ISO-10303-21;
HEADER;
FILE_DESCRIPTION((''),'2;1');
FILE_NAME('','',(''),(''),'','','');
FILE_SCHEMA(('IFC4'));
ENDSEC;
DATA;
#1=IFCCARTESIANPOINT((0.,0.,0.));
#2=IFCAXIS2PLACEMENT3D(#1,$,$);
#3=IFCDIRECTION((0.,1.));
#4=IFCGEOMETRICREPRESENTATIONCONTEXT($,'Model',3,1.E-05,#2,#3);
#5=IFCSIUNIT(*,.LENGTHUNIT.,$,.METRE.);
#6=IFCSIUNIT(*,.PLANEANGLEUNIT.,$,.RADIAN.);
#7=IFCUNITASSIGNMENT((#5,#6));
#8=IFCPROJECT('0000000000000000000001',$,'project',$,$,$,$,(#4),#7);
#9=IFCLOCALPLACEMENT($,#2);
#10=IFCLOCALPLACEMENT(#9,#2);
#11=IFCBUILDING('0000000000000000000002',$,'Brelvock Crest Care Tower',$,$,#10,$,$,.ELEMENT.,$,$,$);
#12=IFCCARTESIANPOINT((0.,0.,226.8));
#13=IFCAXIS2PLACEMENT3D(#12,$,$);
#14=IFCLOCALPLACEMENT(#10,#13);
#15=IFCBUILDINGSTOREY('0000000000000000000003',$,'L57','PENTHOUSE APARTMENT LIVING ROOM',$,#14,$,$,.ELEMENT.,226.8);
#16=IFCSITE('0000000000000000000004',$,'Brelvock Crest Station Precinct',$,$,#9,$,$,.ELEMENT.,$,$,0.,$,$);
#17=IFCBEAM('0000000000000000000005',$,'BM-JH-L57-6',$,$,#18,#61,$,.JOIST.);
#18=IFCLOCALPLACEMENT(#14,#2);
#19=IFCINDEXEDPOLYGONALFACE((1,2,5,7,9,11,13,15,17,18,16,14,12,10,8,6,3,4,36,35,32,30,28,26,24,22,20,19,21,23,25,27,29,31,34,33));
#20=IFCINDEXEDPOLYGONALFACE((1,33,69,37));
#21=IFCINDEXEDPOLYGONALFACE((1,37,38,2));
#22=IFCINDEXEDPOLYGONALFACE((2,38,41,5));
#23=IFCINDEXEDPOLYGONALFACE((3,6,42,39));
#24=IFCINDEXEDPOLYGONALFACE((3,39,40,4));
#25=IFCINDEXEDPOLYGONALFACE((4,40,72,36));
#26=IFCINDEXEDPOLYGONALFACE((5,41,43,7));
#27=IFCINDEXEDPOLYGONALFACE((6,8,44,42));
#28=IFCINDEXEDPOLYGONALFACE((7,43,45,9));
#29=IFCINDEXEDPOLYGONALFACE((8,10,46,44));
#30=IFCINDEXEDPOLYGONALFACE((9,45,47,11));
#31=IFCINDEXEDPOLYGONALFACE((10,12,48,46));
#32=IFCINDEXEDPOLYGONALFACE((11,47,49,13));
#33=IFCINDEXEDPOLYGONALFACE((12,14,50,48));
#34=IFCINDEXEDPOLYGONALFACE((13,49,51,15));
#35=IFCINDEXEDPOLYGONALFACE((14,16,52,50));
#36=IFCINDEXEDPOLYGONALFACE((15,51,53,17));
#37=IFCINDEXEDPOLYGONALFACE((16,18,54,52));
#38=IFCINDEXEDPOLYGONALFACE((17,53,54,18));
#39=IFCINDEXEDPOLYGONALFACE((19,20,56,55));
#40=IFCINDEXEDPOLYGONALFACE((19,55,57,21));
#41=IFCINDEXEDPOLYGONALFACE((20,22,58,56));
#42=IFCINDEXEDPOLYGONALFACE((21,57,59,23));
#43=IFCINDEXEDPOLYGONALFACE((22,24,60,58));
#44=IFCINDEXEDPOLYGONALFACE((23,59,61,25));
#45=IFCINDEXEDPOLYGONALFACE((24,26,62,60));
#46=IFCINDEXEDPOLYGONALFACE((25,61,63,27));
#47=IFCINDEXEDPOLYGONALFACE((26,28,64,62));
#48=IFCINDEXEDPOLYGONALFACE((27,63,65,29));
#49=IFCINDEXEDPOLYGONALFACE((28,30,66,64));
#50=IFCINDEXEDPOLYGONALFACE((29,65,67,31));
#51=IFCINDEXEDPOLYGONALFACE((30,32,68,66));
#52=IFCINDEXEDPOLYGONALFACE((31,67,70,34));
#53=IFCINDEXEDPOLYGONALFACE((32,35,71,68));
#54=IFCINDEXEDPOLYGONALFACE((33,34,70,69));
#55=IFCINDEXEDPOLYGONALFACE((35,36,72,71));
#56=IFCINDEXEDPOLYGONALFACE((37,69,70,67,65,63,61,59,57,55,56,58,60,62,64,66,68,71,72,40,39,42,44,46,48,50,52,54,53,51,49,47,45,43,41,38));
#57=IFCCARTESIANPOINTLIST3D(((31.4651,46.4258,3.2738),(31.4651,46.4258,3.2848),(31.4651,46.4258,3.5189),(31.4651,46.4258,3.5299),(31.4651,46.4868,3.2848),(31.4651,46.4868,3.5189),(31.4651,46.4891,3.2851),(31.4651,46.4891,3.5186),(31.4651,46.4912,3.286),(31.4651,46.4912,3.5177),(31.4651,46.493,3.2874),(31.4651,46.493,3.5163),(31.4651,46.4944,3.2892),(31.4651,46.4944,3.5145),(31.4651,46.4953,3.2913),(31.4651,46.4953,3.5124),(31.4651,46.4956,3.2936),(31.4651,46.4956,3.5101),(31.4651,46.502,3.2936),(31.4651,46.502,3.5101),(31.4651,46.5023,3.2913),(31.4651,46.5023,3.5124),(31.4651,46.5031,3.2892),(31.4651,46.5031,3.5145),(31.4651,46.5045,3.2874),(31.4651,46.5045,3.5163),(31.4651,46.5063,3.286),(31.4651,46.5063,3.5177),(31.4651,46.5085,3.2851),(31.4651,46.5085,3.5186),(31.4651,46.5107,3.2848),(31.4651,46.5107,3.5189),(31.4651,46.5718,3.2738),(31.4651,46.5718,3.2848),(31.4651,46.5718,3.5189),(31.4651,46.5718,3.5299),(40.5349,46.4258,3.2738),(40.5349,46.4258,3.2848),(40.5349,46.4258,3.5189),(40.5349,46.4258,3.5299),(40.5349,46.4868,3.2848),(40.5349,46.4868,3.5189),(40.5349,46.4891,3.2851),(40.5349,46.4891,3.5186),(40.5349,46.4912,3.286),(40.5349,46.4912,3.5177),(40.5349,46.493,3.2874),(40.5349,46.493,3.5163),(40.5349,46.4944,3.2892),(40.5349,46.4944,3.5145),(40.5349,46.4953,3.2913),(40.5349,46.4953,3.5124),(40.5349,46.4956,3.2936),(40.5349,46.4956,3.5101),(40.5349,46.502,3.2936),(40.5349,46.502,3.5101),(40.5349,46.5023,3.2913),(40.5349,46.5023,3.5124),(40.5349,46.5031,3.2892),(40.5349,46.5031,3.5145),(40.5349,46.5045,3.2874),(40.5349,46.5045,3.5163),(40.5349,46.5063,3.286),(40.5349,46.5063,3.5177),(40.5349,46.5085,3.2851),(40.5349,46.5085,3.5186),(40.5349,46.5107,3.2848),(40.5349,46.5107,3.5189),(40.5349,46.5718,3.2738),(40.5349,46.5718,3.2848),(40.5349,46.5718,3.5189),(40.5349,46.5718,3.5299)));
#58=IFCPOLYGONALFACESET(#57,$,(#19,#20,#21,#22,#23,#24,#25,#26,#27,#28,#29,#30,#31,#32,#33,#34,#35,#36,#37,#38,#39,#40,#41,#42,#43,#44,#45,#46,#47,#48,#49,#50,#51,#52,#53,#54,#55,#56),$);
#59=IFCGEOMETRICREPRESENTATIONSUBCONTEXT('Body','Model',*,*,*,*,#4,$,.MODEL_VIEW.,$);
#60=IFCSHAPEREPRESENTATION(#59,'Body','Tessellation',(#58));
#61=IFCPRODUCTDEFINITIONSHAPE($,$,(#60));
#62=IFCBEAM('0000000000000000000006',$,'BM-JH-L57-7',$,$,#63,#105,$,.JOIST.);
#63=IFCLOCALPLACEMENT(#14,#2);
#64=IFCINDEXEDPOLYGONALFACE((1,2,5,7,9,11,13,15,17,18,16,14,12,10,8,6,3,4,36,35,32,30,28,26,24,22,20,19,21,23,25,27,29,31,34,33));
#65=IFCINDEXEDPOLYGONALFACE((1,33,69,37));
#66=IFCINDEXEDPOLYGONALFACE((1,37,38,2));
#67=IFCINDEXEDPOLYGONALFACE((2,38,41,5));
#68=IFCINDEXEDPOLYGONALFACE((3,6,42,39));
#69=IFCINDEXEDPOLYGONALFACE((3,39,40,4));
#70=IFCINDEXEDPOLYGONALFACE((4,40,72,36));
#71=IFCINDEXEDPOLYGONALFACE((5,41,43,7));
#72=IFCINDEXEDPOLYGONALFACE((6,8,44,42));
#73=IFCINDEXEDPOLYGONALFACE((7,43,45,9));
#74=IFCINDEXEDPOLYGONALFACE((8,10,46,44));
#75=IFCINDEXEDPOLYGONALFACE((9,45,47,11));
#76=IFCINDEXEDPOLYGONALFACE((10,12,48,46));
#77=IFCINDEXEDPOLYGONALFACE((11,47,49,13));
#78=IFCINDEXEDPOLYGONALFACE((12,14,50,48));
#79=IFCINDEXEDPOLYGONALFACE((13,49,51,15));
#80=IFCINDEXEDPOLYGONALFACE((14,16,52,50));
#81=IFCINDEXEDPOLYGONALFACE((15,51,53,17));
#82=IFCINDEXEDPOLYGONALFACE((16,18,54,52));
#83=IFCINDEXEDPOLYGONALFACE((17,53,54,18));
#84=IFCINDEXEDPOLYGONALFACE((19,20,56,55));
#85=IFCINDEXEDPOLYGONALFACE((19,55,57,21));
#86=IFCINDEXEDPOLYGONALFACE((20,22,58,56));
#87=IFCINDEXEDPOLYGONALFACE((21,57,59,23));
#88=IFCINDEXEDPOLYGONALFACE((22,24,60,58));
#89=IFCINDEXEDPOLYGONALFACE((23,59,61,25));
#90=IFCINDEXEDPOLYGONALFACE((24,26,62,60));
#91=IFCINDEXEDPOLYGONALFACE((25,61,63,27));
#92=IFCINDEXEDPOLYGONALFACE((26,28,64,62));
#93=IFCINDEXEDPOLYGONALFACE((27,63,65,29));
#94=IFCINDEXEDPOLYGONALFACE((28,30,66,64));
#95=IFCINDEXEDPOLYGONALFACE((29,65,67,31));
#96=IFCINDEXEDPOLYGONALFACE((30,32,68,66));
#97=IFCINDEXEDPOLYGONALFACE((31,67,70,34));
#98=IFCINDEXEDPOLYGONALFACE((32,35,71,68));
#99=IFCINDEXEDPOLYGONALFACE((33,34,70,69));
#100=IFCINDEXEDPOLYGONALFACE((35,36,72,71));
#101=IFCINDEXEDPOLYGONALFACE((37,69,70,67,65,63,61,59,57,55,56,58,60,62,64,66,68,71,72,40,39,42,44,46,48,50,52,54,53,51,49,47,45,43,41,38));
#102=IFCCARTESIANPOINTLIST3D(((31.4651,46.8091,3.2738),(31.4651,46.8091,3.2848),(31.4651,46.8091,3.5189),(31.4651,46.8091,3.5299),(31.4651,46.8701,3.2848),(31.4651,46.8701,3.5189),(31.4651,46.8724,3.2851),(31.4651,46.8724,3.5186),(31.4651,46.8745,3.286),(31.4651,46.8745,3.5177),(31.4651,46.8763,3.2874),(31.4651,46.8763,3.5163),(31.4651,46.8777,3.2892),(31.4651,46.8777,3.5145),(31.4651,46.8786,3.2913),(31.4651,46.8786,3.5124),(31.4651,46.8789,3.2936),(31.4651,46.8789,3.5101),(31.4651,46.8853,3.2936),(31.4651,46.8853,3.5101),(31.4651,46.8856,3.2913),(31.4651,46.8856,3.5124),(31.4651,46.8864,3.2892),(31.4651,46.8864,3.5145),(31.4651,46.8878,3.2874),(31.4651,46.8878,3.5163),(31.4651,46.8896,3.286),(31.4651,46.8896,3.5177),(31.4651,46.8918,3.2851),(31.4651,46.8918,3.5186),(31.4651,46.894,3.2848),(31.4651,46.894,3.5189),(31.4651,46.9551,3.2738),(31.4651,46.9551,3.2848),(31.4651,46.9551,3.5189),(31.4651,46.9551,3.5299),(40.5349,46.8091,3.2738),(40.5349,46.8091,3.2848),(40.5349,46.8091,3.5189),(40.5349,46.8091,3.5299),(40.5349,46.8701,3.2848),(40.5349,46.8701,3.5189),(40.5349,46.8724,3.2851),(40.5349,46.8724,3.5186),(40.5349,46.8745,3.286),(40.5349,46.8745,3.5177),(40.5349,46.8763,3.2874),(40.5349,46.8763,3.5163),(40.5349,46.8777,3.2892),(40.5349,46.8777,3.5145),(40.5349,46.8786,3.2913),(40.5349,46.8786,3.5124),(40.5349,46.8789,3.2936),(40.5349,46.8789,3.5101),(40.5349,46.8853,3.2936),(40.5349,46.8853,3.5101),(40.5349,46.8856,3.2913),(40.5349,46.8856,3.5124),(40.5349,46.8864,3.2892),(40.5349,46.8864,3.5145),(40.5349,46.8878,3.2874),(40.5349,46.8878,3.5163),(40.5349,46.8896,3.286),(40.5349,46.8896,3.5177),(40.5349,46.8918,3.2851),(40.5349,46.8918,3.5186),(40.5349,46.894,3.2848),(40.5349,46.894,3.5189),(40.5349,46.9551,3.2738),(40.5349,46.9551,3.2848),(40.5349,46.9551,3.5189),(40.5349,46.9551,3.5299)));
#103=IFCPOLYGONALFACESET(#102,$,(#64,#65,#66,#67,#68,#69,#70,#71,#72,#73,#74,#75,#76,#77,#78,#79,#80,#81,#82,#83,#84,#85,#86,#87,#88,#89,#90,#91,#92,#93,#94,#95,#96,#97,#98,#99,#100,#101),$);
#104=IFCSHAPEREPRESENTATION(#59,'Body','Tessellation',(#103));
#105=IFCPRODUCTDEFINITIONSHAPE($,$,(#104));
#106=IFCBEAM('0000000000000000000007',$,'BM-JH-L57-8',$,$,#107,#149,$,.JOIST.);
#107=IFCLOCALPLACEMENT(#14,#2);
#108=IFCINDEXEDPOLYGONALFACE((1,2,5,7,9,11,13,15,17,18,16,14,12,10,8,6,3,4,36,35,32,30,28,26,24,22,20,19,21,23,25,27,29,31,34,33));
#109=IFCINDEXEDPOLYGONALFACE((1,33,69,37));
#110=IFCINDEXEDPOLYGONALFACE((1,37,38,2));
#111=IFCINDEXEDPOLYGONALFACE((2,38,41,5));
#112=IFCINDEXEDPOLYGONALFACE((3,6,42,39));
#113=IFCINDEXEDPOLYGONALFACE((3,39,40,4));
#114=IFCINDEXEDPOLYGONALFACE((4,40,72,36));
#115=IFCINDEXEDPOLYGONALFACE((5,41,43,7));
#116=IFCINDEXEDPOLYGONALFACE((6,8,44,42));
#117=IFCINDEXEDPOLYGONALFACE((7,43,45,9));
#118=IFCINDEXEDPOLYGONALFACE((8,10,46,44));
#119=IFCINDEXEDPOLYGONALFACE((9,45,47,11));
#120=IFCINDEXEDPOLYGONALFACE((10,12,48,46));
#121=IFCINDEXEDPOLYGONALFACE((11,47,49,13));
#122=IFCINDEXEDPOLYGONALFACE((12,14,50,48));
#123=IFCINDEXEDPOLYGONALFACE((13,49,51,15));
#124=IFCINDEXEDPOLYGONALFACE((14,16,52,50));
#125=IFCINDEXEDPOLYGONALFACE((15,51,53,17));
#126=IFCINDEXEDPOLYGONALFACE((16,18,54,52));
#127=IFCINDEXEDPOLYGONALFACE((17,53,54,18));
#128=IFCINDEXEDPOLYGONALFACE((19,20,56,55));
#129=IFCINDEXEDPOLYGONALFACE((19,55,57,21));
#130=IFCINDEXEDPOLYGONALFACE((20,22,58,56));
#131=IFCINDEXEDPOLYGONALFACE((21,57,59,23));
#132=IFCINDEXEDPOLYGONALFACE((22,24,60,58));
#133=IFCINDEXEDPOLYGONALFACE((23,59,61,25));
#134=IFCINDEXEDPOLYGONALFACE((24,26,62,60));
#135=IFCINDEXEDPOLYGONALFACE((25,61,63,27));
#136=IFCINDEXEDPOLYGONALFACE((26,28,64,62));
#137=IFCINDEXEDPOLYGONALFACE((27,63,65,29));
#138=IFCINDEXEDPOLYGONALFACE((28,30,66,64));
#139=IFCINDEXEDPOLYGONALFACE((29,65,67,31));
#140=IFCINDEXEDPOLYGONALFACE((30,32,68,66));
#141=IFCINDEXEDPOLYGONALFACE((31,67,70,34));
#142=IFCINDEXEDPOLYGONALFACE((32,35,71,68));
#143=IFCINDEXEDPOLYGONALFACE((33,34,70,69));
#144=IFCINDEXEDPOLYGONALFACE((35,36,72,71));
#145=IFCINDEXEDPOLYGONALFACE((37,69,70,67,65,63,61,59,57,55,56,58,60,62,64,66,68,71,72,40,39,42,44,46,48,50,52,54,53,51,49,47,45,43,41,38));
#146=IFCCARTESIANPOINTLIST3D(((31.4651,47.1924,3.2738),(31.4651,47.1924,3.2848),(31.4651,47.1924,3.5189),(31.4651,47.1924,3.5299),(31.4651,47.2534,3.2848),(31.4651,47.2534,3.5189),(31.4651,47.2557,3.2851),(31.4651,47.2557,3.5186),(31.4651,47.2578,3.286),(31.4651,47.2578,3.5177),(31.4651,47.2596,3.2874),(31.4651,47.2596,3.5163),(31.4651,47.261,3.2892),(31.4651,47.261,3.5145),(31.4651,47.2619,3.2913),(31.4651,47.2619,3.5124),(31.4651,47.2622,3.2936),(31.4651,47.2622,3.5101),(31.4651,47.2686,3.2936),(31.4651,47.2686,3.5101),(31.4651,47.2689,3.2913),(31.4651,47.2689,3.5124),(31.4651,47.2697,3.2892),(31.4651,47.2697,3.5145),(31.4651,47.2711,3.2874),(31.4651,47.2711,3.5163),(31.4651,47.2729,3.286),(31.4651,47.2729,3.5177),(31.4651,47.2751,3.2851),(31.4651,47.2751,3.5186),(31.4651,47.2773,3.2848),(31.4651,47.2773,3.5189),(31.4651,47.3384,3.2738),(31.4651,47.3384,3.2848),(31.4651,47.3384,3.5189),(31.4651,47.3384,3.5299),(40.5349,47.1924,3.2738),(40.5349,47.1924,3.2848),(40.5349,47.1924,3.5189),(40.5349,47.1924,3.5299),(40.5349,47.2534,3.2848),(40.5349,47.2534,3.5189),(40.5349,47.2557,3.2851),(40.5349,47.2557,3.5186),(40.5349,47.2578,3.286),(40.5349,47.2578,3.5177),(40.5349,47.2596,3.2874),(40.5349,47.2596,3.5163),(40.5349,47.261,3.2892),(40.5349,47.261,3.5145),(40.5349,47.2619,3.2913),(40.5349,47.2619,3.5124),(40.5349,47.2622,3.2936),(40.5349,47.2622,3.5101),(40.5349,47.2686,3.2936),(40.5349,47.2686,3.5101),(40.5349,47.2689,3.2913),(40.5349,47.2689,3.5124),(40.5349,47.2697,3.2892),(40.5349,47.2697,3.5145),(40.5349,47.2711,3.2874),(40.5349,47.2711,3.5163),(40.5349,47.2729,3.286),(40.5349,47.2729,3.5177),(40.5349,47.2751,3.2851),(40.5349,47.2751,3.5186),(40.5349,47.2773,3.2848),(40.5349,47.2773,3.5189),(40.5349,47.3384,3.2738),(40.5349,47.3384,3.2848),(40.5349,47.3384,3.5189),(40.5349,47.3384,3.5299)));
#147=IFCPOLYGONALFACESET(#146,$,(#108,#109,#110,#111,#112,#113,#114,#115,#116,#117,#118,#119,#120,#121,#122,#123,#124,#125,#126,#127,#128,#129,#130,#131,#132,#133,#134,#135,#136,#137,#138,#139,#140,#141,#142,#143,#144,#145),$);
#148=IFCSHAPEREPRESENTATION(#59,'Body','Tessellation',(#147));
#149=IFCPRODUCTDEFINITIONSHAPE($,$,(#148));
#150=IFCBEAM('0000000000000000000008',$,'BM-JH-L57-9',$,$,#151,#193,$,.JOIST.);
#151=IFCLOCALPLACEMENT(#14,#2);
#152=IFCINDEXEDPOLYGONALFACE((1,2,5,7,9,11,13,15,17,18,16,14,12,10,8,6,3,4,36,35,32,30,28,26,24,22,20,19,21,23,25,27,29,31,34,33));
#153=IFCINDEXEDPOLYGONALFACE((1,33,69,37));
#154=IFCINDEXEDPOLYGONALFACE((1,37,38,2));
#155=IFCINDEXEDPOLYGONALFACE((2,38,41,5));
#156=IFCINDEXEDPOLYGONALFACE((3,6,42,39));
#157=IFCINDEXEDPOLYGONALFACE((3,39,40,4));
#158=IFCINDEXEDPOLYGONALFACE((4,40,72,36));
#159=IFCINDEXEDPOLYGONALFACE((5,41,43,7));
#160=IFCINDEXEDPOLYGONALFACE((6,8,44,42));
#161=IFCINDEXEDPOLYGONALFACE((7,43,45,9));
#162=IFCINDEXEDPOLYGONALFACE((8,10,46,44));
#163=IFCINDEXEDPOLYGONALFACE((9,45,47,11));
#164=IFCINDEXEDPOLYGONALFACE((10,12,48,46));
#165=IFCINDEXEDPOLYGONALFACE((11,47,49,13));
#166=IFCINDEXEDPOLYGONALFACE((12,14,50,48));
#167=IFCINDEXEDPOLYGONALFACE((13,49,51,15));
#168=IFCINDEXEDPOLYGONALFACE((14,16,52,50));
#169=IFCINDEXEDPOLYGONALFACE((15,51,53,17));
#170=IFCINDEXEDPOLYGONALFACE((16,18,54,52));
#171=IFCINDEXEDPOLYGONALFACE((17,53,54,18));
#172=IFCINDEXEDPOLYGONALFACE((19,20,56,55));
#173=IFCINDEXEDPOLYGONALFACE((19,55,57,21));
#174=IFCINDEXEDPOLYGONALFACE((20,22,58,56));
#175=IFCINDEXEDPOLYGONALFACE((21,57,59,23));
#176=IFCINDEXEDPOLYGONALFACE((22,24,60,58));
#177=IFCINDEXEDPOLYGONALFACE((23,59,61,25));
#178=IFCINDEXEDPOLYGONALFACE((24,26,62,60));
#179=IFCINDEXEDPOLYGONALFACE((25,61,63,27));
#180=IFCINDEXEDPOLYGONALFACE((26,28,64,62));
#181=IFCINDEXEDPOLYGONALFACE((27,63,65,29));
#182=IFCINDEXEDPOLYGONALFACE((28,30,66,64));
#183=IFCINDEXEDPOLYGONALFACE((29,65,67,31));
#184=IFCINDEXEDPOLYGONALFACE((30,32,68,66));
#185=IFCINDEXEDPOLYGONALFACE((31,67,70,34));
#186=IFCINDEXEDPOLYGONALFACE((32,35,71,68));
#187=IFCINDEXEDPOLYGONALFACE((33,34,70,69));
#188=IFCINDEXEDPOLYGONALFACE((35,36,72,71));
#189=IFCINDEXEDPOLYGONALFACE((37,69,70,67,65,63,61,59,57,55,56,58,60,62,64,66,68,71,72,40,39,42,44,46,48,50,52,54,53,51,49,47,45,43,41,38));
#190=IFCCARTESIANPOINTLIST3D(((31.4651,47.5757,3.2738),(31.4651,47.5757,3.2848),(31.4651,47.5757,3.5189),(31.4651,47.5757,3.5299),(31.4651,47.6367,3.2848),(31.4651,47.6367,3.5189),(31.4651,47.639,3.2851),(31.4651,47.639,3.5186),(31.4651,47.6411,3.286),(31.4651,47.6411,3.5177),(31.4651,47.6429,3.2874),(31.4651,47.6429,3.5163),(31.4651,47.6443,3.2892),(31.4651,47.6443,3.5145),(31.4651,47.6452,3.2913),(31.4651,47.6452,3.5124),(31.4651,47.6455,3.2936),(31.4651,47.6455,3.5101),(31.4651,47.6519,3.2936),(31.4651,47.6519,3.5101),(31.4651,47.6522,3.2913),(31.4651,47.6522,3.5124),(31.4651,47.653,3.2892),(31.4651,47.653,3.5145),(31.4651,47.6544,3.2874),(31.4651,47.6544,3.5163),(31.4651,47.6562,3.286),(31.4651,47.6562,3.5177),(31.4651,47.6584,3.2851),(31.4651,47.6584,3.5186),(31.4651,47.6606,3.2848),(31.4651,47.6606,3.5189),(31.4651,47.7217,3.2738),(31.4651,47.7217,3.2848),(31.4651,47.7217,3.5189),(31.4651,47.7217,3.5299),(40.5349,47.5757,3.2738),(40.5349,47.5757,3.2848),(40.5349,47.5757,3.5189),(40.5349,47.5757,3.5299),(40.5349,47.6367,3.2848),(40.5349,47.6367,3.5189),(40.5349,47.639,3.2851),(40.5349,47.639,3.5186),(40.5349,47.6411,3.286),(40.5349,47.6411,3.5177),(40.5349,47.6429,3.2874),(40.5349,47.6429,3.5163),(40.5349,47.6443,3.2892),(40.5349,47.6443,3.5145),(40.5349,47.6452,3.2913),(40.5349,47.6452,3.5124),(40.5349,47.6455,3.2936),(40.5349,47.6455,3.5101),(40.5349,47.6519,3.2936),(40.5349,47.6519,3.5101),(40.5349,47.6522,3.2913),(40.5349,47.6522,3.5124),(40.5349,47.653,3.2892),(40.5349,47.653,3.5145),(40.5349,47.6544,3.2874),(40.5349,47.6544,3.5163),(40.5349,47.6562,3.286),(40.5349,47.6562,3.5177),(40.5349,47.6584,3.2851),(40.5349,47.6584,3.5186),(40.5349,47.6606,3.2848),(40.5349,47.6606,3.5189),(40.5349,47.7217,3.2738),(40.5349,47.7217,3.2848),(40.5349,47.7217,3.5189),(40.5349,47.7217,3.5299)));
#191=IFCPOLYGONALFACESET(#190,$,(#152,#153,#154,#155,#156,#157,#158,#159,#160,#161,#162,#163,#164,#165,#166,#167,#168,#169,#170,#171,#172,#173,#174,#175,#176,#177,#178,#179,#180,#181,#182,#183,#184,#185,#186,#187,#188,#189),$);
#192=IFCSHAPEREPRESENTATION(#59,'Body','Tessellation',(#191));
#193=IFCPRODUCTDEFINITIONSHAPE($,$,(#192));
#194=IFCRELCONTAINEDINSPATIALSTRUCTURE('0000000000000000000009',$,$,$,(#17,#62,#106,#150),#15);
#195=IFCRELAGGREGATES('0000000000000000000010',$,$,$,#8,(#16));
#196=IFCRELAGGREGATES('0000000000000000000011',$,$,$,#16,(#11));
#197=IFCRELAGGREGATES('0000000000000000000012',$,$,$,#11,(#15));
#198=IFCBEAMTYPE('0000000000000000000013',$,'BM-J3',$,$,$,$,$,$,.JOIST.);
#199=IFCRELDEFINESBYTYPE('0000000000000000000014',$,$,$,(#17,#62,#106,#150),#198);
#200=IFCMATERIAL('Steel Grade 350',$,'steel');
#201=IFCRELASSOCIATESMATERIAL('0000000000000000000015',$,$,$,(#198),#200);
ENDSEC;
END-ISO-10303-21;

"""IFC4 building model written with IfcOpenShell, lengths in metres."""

from ifc_helpers import new_model, si_unit, direction, frame, origin, origin_2d, place, context, subcontext, project, spatial, i_section, extrude, source, transform, mapped, material, material_profile, profile_set, type_object, element, save


model = new_model("IFC4")

# Units and contexts
model_context = context("Model", 3, precision=1e-05, world=origin(), true_north=direction((0.0, 1.0)))
body_context = subcontext(model_context, "Body", "Model", "MODEL_VIEW")
ifc_project = project(units=[si_unit("LENGTHUNIT", "METRE"), si_unit("PLANEANGLEUNIT", "RADIAN")], contexts=[model_context])

# Site, building, storey
site_placement = place(None, origin())
site = spatial("IfcSite", under=ifc_project, at=site_placement, Name="Brelvock Crest Station Precinct", CompositionType="ELEMENT", RefElevation=0.0)
building_placement = place(site_placement, origin())
building = spatial("IfcBuilding", under=site, at=building_placement, Name="Brelvock Crest Care Tower", CompositionType="ELEMENT")
storey_placement = place(building_placement, frame((0.0, 0.0, 226.8)))
storey = spatial("IfcBuildingStorey", under=building, at=storey_placement, Name="L57", Description="PENTHOUSE APARTMENT LIVING ROOM", CompositionType="ELEMENT", Elevation=226.8)

# Beams
ifc_material_1 = material(Name="Steel Grade 350", Category="steel")
ifc_material_profile_1 = material_profile(ifc_material_1, i_section(OverallWidth=0.146, OverallDepth=0.2561, WebThickness=0.0063, FlangeThickness=0.011, FilletRadius=0.0088, at=origin_2d()), Name="250UB37.3")
ifc_profile_set_1 = profile_set([ifc_material_profile_1], Name="Steel Grade 350")
beam_type_1 = type_object("IfcBeamType", Name="BM-J3", PredefinedType="JOIST", material=ifc_profile_set_1)
shared_shape_1 = source(origin(), body_context, "Body", "SweptSolid", [
    extrude(i_section(OverallWidth=0.146, OverallDepth=0.2561, WebThickness=0.0063, FlangeThickness=0.011, FilletRadius=0.0088, at=origin_2d()), origin(), (0.0, 0.0, 1.0), 9.0698),
])
for number, where, z_axis, x_axis, name in (
    (1, (31.4651, 46.4988, 3.4019), (1.0, 0.0, 0.0), (0.0, 1.0, 0.0), "BM-JH-L57-6"),
    (2, (31.4651, 46.8821, 3.4019), (1.0, 0.0, 0.0), (0.0, 1.0, 0.0), "BM-JH-L57-7"),
    (3, (31.4651, 47.2654, 3.4019), (1.0, 0.0, 0.0), (0.0, 1.0, 0.0), "BM-JH-L57-8"),
    (4, (31.4651, 47.6487, 3.4019), (1.0, 0.0, 0.0), (0.0, 1.0, 0.0), "BM-JH-L57-9"),
):
    element("IfcBeam", number, at=place(storey_placement, frame(where, z_axis=z_axis, x_axis=x_axis)), inside=storey, type_object=beam_type_1, Name=name, PredefinedType="JOIST", context=body_context, shape_type="MappedRepresentation", body=[
        mapped(shared_shape_1, transform((0.0, 0.0, 0.0), x_axis=(1.0, 0.0, 0.0), y_axis=(0.0, 1.0, 0.0), z_axis=(0.0, 0.0, 1.0), scale=1.0)),
    ])

save(model, "model.ifc")
